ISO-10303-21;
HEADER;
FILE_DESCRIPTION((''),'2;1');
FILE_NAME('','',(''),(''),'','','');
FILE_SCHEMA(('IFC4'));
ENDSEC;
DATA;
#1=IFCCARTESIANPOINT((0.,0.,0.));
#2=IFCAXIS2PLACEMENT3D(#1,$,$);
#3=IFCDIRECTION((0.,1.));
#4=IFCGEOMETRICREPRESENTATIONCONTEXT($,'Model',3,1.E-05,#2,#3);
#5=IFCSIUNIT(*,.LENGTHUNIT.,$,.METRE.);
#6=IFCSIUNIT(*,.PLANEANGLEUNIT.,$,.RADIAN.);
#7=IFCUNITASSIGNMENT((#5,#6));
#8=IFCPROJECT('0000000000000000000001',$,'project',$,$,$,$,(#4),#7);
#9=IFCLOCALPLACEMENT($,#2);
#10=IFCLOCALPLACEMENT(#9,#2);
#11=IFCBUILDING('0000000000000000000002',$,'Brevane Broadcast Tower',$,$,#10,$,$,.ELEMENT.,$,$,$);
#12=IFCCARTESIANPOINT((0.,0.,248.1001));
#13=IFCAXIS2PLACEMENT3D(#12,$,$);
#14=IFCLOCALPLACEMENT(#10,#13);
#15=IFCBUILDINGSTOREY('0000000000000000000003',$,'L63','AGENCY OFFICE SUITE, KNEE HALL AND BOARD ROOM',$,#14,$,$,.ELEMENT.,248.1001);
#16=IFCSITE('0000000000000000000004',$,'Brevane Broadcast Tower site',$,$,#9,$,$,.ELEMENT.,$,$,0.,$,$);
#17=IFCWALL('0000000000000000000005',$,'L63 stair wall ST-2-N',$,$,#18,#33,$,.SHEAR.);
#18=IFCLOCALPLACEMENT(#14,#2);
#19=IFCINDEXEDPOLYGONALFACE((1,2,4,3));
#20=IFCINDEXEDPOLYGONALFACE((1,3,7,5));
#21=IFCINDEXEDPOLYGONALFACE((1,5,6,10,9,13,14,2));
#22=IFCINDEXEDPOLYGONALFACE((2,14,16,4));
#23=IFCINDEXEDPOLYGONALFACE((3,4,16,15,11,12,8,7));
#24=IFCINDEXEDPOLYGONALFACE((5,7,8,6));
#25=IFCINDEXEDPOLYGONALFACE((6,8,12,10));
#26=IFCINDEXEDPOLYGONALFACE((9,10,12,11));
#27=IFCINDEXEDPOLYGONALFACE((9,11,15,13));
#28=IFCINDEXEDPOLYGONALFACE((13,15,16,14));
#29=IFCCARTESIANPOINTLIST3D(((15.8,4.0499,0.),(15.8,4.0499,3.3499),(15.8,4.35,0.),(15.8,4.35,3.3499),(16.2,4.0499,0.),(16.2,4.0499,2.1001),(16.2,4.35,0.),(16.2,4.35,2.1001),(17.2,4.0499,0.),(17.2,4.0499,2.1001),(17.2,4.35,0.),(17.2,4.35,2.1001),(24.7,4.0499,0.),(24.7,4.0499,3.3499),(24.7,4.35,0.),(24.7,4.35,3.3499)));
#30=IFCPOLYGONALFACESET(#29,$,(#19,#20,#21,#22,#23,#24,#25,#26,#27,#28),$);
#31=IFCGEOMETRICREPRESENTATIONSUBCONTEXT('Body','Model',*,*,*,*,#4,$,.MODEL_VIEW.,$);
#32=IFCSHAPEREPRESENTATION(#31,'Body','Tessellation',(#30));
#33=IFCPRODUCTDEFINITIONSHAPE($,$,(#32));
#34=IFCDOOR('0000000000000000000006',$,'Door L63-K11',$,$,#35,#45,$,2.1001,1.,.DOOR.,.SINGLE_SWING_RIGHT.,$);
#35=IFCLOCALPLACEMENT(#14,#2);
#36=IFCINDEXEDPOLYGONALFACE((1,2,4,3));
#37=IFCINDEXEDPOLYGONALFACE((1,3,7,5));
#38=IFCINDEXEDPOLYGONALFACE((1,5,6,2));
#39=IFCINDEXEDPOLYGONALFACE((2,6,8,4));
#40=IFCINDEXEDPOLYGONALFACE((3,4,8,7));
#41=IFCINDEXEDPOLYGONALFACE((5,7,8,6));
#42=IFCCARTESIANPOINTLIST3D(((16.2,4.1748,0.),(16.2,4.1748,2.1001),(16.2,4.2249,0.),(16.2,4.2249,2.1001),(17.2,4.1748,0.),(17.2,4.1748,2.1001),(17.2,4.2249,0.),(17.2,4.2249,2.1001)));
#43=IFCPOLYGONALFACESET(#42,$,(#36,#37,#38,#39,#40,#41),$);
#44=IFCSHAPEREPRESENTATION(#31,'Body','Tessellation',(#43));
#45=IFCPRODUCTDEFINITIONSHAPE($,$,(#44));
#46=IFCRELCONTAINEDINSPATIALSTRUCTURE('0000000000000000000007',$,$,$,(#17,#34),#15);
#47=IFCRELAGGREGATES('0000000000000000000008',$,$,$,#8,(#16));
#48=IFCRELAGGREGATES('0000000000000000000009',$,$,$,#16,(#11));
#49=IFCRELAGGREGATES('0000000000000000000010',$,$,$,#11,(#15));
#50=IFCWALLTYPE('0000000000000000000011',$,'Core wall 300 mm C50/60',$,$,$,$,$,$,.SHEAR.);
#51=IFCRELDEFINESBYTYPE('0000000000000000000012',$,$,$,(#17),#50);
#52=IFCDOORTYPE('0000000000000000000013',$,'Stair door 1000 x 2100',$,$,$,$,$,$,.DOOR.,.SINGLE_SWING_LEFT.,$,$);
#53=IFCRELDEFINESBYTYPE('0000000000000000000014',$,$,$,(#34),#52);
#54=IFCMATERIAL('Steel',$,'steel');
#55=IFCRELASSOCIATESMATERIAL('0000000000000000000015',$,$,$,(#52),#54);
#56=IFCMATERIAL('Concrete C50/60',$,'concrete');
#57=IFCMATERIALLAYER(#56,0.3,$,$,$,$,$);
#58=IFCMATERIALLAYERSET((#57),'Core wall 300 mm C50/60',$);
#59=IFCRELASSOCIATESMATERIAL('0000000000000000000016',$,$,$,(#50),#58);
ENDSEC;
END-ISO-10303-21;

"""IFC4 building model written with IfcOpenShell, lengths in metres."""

from ifc_helpers import new_model, si_unit, direction, frame, frame_2d, origin, place, context, subcontext, project, spatial, rectangle, extrude, material, layer, layer_set, type_object, element, fill, save


model = new_model("IFC4")

# Units and contexts
model_context = context("Model", 3, precision=1e-05, world=origin(), true_north=direction((0.0, 1.0)))
body_context = subcontext(model_context, "Body", "Model", "MODEL_VIEW")
ifc_project = project(units=[si_unit("LENGTHUNIT", "METRE"), si_unit("PLANEANGLEUNIT", "RADIAN")], contexts=[model_context])

# Site, building, storey
site_placement = place(None, origin())
site = spatial("IfcSite", under=ifc_project, at=site_placement, Name="Brevane Broadcast Tower site", CompositionType="ELEMENT", RefElevation=0.0)
building_placement = place(site_placement, origin())
building = spatial("IfcBuilding", under=site, at=building_placement, Name="Brevane Broadcast Tower", CompositionType="ELEMENT")
storey_placement = place(building_placement, frame((0.0, 0.0, 248.1001)))
storey = spatial("IfcBuildingStorey", under=building, at=storey_placement, Name="L63", Description="AGENCY OFFICE SUITE, KNEE HALL AND BOARD ROOM", CompositionType="ELEMENT", Elevation=248.1001)

# Shared definitions
ifc_material_1 = material(Name="Steel", Category="steel")

# Shared definitions
door_type_1 = type_object("IfcDoorType", Name="Stair door 1000 x 2100", OperationType="SINGLE_SWING_LEFT", PredefinedType="DOOR", material=ifc_material_1)

# Shared definitions
ifc_material_2 = material(Name="Concrete C50/60", Category="concrete")
ifc_layer_1 = layer(ifc_material_2, 0.3)
ifc_layer_set_1 = layer_set([ifc_layer_1], Name="Core wall 300 mm C50/60")
wall_type_1 = type_object("IfcWallType", Name="Core wall 300 mm C50/60", PredefinedType="SHEAR", material=ifc_layer_set_1)

# Wall, opening, door
wall_1_placement = place(storey_placement, frame((15.8, 4.2, 0.0), z_axis=(0.0, 0.0, 1.0), x_axis=(1.0, 0.0, 0.0)))
wall_1 = element("IfcWall", 1, at=wall_1_placement, inside=storey, type_object=wall_type_1, Name="L63 stair wall ST-2-N", PredefinedType="SHEAR", context=body_context, shape_type="SweptSolid", body=[
    extrude(rectangle(XDim=8.8999, YDim=0.3, at=frame_2d((4.45, 0.0))), origin(), (0.0, 0.0, 1.0), 3.3499),
])
opening_1_placement = place(wall_1_placement, frame((0.3999, 0.0, 0.0)))
opening_1 = element("IfcOpeningElement", 2, at=opening_1_placement, cuts=wall_1, PredefinedType="OPENING", context=body_context, shape_type="SweptSolid", body=[
    extrude(rectangle(XDim=1.0, YDim=2.1001, at=frame_2d((0.5, 1.05))), frame((0.0, 0.1599, 0.0), z_axis=(0.0, -1.0, 0.0), x_axis=(1.0, 0.0, 0.0)), (0.0, 0.0, 1.0), 0.3201),
])
door_1_placement = place(opening_1_placement, origin())
door_1 = element("IfcDoor", 3, at=door_1_placement, inside=storey, type_object=door_type_1, Name="Door L63-K11", OperationType="SINGLE_SWING_RIGHT", OverallHeight=2.1001, OverallWidth=1.0, PredefinedType="DOOR", context=body_context, shape_type="SweptSolid", body=[
    extrude(rectangle(XDim=1.0, YDim=2.1001, at=frame_2d((0.5, 1.05))), frame((0.0, 0.0249, 0.0), z_axis=(0.0, -1.0, 0.0), x_axis=(1.0, 0.0, 0.0)), (0.0, 0.0, 1.0), 0.05),
])
fill(opening_1, door_1)

save(model, "model.ifc")
